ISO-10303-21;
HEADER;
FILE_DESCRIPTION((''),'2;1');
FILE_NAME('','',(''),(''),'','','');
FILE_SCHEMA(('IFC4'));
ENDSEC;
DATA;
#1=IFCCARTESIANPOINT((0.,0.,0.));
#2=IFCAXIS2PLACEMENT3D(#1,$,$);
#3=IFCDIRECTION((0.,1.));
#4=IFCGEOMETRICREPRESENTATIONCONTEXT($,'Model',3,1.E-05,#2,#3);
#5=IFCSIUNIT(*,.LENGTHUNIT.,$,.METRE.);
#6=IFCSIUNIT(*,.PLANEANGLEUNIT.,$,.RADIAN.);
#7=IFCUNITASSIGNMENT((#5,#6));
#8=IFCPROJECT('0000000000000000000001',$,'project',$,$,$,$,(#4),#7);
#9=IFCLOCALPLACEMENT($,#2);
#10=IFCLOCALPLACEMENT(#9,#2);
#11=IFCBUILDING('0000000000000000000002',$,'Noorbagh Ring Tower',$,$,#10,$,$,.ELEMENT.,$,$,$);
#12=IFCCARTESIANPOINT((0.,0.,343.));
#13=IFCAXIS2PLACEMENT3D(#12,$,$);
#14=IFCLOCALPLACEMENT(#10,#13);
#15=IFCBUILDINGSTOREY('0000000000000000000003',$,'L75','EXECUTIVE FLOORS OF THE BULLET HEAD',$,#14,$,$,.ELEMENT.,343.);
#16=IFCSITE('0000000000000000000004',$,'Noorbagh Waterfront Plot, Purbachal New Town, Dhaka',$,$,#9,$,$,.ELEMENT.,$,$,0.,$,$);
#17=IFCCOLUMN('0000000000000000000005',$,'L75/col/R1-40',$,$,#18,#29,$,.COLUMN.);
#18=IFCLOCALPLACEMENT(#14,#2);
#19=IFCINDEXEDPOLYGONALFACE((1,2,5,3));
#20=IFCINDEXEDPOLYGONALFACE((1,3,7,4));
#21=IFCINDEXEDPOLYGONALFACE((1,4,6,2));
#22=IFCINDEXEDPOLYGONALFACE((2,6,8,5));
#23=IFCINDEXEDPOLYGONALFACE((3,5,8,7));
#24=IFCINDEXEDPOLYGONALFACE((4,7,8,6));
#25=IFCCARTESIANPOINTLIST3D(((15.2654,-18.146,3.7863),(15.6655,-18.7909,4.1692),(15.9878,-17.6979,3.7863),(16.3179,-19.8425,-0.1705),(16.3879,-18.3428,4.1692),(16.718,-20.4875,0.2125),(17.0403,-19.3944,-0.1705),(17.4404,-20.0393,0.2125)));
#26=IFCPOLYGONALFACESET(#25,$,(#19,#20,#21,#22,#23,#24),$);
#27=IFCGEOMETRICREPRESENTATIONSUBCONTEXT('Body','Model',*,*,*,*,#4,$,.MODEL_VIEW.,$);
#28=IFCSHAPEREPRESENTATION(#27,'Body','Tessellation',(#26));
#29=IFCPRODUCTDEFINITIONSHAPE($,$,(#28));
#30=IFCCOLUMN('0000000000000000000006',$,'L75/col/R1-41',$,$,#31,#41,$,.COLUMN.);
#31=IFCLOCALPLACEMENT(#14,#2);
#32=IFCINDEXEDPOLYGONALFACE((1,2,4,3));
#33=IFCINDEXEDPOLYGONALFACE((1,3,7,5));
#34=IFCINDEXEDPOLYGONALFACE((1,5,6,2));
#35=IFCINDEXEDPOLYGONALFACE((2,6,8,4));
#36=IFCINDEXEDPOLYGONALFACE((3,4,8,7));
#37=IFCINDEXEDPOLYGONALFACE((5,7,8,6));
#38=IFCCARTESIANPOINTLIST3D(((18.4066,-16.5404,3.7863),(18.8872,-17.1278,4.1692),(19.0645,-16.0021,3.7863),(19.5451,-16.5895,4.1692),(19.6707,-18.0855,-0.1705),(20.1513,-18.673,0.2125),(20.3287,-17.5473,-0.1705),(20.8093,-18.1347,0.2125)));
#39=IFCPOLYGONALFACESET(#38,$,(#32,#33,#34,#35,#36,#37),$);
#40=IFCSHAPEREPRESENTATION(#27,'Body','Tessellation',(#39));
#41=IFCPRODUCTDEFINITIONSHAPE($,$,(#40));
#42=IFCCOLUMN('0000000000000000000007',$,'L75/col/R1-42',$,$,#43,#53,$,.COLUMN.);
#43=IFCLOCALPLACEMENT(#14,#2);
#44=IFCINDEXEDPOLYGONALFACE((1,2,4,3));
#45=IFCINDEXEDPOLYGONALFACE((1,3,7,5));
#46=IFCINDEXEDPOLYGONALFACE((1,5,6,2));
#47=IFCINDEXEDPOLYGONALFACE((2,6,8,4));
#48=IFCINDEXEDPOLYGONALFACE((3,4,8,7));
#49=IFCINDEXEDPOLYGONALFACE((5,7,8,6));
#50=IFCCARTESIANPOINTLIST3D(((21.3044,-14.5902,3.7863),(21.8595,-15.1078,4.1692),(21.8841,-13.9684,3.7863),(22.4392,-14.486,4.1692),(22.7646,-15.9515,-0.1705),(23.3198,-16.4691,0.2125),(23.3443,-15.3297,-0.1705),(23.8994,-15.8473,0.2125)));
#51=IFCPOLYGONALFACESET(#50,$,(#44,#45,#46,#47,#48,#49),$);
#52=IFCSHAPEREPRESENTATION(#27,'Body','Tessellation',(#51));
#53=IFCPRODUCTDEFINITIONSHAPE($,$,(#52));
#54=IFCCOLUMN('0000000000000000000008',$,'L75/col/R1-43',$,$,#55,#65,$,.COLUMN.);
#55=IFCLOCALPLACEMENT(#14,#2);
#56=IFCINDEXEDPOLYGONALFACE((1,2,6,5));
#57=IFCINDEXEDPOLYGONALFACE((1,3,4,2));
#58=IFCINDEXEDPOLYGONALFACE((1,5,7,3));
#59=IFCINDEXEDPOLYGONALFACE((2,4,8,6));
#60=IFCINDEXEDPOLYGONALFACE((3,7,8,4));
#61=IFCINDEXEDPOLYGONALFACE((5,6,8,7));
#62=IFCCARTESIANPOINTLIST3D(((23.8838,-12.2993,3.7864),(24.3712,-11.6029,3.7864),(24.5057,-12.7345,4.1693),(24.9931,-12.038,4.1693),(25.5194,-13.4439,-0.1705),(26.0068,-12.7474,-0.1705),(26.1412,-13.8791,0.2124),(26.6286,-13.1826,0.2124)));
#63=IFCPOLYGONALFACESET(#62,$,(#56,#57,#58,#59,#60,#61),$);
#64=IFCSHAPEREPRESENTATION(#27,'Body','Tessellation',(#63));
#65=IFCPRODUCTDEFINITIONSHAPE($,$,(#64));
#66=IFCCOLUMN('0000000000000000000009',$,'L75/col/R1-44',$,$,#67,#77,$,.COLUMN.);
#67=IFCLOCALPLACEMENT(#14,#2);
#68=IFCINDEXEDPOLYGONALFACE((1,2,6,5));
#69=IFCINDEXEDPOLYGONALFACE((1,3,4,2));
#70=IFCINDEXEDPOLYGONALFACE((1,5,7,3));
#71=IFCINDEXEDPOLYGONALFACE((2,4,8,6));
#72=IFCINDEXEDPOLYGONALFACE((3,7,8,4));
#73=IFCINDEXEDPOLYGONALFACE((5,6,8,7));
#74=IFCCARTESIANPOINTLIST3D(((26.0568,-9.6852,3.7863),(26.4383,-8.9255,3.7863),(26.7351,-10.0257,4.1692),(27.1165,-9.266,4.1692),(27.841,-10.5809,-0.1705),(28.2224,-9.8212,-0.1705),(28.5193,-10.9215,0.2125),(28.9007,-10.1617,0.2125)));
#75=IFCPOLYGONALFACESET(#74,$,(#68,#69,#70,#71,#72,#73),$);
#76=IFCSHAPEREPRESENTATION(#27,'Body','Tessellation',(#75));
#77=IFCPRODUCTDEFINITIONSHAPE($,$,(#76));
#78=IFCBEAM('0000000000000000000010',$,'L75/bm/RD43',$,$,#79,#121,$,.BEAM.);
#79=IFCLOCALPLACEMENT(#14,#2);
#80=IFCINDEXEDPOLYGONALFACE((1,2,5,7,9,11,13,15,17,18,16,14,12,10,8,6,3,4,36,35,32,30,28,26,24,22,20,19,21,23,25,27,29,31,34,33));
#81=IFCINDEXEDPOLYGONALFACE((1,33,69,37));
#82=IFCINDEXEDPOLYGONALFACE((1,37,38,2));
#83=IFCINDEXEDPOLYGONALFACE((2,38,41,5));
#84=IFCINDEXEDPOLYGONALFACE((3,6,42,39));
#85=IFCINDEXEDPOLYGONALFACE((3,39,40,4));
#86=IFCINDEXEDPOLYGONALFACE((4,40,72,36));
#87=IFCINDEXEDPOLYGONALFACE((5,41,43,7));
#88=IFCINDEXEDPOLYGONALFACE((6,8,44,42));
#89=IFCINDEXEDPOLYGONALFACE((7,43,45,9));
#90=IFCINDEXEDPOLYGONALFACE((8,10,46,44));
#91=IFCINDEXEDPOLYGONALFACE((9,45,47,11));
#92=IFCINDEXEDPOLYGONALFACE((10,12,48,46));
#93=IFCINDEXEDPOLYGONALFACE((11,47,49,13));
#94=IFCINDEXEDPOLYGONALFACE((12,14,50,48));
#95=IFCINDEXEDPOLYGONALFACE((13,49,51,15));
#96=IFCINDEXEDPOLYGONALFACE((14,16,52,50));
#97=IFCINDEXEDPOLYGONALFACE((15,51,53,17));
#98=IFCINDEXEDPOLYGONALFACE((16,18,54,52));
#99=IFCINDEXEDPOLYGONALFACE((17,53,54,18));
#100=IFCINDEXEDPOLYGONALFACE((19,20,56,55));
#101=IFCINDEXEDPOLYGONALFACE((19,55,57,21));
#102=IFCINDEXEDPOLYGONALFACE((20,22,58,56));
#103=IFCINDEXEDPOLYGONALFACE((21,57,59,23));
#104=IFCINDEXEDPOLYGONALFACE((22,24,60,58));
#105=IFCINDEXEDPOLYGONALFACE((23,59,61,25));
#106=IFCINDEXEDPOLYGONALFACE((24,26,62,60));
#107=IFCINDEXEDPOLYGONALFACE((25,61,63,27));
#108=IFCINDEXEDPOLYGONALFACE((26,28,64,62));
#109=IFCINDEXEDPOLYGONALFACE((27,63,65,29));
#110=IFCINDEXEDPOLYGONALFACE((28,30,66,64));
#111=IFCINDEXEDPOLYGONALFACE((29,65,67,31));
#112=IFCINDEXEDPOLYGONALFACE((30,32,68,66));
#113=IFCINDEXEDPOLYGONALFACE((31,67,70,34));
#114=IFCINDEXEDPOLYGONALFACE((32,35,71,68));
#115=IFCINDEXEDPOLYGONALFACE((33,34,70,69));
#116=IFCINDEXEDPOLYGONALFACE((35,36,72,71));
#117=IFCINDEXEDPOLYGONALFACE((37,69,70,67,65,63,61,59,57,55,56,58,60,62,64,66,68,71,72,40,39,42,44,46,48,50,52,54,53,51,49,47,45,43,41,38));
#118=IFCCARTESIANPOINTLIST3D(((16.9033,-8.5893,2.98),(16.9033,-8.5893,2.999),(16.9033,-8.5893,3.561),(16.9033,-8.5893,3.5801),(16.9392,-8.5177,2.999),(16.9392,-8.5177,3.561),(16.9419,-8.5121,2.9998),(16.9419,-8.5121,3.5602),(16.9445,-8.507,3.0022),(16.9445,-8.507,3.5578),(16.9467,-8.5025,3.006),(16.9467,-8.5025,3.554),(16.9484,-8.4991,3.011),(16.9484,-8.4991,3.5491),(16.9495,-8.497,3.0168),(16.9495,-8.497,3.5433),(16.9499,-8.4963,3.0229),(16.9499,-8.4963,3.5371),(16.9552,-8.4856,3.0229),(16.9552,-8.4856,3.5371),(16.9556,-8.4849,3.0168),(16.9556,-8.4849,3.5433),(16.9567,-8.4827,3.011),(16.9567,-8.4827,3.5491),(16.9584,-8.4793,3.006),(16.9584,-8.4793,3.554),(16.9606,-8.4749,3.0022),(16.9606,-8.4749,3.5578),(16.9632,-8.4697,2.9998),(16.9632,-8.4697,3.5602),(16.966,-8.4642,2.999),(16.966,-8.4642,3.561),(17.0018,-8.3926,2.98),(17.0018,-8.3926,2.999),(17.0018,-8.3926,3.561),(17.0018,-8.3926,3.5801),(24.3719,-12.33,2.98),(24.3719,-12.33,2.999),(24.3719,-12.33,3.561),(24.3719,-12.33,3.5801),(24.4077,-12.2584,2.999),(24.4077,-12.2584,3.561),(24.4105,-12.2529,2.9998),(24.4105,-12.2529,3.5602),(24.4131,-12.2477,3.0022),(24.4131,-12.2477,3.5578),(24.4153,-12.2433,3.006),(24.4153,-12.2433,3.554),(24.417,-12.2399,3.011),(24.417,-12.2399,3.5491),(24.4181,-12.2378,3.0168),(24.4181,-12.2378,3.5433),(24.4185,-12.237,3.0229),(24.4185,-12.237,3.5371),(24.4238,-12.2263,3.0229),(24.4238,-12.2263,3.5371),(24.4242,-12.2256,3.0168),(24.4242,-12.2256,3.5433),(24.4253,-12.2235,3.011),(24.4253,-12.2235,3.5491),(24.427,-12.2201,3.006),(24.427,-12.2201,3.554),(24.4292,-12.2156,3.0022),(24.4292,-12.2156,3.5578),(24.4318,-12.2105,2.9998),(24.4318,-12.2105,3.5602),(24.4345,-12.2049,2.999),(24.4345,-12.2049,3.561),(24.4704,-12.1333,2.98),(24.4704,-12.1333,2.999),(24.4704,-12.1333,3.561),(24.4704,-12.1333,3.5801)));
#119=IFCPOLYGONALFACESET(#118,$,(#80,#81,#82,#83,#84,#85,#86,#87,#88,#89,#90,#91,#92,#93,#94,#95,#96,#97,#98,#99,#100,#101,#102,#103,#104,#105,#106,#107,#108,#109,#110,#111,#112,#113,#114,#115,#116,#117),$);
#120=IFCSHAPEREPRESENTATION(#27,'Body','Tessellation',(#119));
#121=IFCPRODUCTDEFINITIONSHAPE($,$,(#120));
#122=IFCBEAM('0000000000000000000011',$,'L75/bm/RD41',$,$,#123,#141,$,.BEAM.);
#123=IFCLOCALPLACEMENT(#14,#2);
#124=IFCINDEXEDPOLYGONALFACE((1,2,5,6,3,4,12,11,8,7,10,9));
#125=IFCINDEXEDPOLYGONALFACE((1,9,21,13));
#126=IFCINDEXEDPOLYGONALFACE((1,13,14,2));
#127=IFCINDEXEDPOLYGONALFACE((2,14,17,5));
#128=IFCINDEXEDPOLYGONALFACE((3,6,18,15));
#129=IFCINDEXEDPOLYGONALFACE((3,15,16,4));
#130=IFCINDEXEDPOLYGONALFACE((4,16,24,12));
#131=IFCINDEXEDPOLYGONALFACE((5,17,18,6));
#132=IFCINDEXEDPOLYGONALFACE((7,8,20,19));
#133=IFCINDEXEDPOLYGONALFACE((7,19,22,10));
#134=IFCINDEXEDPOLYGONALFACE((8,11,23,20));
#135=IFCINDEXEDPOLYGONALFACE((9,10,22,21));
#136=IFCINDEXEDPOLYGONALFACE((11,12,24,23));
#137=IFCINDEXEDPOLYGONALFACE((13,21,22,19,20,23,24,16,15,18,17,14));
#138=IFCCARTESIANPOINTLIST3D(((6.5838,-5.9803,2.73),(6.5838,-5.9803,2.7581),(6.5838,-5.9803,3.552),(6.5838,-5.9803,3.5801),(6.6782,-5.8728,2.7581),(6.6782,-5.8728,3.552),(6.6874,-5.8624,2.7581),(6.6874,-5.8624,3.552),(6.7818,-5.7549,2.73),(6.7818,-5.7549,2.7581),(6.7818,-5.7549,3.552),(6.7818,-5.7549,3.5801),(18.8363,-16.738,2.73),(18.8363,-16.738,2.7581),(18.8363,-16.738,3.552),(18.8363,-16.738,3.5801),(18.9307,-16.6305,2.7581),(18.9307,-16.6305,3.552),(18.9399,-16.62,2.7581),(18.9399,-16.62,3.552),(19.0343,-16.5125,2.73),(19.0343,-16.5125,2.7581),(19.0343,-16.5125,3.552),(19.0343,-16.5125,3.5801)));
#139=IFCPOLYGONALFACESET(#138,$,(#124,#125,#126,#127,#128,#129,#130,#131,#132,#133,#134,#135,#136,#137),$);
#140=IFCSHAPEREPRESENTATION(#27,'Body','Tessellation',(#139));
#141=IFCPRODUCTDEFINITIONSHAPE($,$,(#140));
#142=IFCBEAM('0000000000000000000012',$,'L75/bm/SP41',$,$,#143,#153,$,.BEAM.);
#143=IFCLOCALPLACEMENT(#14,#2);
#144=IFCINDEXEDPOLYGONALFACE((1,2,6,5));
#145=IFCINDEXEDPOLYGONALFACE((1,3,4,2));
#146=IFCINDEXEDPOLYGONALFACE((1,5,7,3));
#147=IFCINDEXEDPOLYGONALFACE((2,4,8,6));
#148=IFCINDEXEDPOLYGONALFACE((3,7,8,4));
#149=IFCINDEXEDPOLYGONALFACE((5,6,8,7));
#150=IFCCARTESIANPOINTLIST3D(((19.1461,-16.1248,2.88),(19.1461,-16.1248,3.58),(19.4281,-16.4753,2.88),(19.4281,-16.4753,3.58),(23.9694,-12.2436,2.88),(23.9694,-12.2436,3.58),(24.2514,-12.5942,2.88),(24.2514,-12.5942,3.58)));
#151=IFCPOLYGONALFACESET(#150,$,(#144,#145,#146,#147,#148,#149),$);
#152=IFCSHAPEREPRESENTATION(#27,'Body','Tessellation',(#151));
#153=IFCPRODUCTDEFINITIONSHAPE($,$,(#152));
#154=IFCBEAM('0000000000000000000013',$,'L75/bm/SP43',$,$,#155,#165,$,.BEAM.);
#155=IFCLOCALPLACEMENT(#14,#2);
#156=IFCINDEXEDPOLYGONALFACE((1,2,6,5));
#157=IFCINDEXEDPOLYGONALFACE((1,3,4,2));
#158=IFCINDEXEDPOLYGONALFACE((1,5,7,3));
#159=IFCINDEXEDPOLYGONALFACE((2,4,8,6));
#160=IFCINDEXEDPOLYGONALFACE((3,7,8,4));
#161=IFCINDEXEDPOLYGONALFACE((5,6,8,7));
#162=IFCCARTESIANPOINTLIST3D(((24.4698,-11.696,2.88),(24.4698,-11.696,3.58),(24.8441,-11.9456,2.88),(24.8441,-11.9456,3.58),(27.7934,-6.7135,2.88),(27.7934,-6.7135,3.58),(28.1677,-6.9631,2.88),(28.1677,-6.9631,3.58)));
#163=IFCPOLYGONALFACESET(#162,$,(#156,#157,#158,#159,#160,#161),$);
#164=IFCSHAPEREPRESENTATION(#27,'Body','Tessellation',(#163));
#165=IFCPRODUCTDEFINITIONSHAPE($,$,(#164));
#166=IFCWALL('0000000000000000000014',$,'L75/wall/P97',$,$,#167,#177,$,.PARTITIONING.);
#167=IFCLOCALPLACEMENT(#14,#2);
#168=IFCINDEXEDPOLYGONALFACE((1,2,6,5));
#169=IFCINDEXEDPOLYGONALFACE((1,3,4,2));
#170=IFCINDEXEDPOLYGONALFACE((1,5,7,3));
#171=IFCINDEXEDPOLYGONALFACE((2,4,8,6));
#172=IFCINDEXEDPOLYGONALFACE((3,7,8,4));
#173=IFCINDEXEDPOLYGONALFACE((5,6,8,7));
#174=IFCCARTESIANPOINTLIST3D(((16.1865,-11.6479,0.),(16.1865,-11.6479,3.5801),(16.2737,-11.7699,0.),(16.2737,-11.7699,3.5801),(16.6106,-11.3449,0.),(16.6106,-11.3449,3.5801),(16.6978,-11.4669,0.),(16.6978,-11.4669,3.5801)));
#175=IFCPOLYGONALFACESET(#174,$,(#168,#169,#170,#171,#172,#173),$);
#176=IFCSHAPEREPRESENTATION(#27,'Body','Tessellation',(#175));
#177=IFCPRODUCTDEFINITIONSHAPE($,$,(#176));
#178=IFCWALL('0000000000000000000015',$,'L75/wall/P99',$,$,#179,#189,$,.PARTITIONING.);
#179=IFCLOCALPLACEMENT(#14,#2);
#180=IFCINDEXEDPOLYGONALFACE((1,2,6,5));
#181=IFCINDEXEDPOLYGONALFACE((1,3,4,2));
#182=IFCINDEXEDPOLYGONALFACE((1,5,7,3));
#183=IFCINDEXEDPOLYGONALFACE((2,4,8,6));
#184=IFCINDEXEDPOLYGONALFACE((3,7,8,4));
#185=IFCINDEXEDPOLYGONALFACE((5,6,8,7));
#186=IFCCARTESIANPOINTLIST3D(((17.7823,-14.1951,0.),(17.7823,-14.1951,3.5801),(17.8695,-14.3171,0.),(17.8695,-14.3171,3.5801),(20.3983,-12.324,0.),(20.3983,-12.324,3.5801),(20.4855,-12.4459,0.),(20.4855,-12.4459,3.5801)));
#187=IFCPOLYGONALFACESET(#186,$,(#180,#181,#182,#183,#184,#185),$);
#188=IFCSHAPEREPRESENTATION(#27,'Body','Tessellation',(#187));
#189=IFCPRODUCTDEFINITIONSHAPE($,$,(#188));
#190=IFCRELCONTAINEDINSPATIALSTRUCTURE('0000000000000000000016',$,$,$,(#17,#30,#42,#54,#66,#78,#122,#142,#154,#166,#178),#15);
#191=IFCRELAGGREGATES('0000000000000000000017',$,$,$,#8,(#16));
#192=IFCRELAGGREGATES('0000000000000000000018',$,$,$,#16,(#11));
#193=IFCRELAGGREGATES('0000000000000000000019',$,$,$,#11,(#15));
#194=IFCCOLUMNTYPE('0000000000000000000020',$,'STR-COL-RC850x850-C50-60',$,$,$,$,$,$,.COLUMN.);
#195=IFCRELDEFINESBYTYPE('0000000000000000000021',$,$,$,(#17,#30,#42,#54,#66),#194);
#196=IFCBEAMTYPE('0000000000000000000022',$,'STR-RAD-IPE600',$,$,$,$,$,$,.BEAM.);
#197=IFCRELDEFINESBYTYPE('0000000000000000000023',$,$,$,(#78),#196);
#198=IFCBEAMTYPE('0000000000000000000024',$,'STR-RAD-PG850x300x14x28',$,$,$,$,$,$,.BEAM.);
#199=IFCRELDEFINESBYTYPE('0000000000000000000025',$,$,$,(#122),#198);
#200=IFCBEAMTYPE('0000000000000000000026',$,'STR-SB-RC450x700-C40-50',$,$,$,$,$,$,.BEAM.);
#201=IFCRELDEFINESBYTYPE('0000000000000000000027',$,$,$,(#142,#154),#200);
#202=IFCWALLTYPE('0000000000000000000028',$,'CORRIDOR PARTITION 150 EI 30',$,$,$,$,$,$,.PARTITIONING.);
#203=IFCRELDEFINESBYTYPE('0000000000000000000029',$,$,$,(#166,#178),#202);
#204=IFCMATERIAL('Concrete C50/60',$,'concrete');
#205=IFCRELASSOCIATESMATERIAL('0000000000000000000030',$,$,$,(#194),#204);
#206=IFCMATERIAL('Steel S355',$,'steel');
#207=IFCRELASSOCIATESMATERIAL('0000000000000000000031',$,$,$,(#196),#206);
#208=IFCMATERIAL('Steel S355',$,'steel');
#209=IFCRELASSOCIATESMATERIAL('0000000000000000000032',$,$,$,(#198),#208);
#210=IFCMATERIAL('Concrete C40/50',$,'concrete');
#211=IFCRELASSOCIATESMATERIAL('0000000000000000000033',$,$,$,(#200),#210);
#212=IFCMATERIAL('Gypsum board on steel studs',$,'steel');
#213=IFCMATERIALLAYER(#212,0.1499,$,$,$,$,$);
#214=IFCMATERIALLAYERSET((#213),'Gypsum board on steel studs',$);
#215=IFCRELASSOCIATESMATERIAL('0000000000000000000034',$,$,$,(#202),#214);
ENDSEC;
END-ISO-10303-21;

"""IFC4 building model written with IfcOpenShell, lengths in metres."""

from ifc_helpers import new_model, si_unit, direction, frame, frame_2d, origin, origin_2d, place, context, subcontext, project, spatial, rectangle, i_section, extrude, material, layer, layer_set, material_profile, profile_set, type_object, element, save


model = new_model("IFC4")

# Units and contexts
model_context = context("Model", 3, precision=1e-05, world=origin(), true_north=direction((0.0, 1.0)))
body_context = subcontext(model_context, "Body", "Model", "MODEL_VIEW")
ifc_project = project(units=[si_unit("LENGTHUNIT", "METRE"), si_unit("PLANEANGLEUNIT", "RADIAN")], contexts=[model_context])

# Site, building, storey
site_placement = place(None, origin())
site = spatial("IfcSite", under=ifc_project, at=site_placement, Name="Noorbagh Waterfront Plot, Purbachal New Town, Dhaka", CompositionType="ELEMENT", RefElevation=0.0)
building_placement = place(site_placement, origin())
building = spatial("IfcBuilding", under=site, at=building_placement, Name="Noorbagh Ring Tower", CompositionType="ELEMENT")
storey_placement = place(building_placement, frame((0.0, 0.0, 343.0)))
storey = spatial("IfcBuildingStorey", under=building, at=storey_placement, Name="L75", Description="EXECUTIVE FLOORS OF THE BULLET HEAD", CompositionType="ELEMENT", Elevation=343.0)

# Columns
ifc_material_1 = material(Name="Concrete C50/60", Category="concrete")
ifc_material_profile_1 = material_profile(ifc_material_1, rectangle(XDim=0.8501, YDim=0.8501, at=origin_2d()), Name="RC850x850")
ifc_profile_set_1 = profile_set([ifc_material_profile_1], Name="Concrete C50/60")
column_type = type_object("IfcColumnType", Name="STR-COL-RC850x850-C50-60", PredefinedType="COLUMN", material=ifc_profile_set_1)
for number, where, z_axis, x_axis, name in (
    (1, (16.8792, -19.9409, 0.021), (-0.237478, 0.382797, 0.892788), (-0.849759, -0.527171, 0.0), "L75/col/R1-40"),
    (2, (20.24, -18.1101, 0.021), (-0.285241, 0.348646, 0.892796), (-0.773974, -0.633218, 0.0), "L75/col/R1-41"),
    (3, (23.332, -15.8994, 0.021), (-0.329477, 0.307167, 0.892801), (-0.681909, -0.731437, 0.0), "L75/col/R1-42"),
    (4, (26.074, -13.3132, 0.021), (-0.369036, 0.258253, 0.892814), (-0.573356, -0.819307, 0.0), "L75/col/R1-43"),
    (5, (28.3708, -10.3713, 0.021), (-0.402576, 0.202114, 0.892795), (-0.44868, -0.893692, 0.0), "L75/col/R1-44"),
):
    element("IfcColumn", number, at=place(storey_placement, frame(where, z_axis=z_axis, x_axis=x_axis)), inside=storey, type_object=column_type, Name=name, PredefinedType="COLUMN", context=body_context, shape_type="SweptSolid", body=[
        extrude(rectangle(XDim=0.8501, YDim=0.8501, at=origin_2d()), origin(), (0.0, 0.0, 1.0), 4.4319),
    ])

# Beams
ifc_material_2 = material(Name="Steel S355", Category="steel")
ifc_material_profile_2 = material_profile(ifc_material_2, i_section(OverallWidth=0.22, OverallDepth=0.6001, WebThickness=0.012, FlangeThickness=0.019, FilletRadius=0.0239, at=origin_2d()), Name="IPE600")
ifc_profile_set_2 = profile_set([ifc_material_profile_2], Name="Steel S355")
beam_type_1 = type_object("IfcBeamType", Name="STR-RAD-IPE600", PredefinedType="BEAM", material=ifc_profile_set_2)
beam_1_placement = place(storey_placement, frame((24.4211, -12.2317, 3.28), z_axis=(-0.894117, 0.447833, 0.0), x_axis=(-0.447833, -0.894117, 0.0)))
element("IfcBeam", 6, at=beam_1_placement, inside=storey, type_object=beam_type_1, Name="L75/bm/RD43", PredefinedType="BEAM", context=body_context, shape_type="SweptSolid", body=[
    extrude(i_section(OverallWidth=0.22, OverallDepth=0.6001, WebThickness=0.012, FlangeThickness=0.019, FilletRadius=0.0239, at=origin_2d()), origin(), (0.0, 0.0, 1.0), 8.353),
])
ifc_material_3 = material(Name="Steel S355", Category="steel")
ifc_material_profile_3 = material_profile(ifc_material_3, i_section(OverallWidth=0.3, OverallDepth=0.8501, WebThickness=0.0139, FlangeThickness=0.0281, at=origin_2d()), Name="PG850x300x14x28")
ifc_profile_set_3 = profile_set([ifc_material_profile_3], Name="Steel S355")
beam_type_2 = type_object("IfcBeamType", Name="STR-RAD-PG850x300x14x28", PredefinedType="BEAM", material=ifc_profile_set_3)
beam_2_placement = place(storey_placement, frame((18.9353, -16.6252, 3.155), z_axis=(-0.751461, 0.659778, 0.0), x_axis=(-0.659778, -0.751461, 0.0)))
element("IfcBeam", 7, at=beam_2_placement, inside=storey, type_object=beam_type_2, Name="L75/bm/RD41", PredefinedType="BEAM", context=body_context, shape_type="SweptSolid", body=[
    extrude(i_section(OverallWidth=0.3, OverallDepth=0.8501, WebThickness=0.0139, FlangeThickness=0.0281, at=origin_2d()), origin(), (0.0, 0.0, 1.0), 16.3049),
])
ifc_material_4 = material(Name="Concrete C40/50", Category="concrete")
ifc_material_profile_4 = material_profile(ifc_material_4, rectangle(XDim=0.45, YDim=0.7, at=origin_2d()), Name="RC450x700")
ifc_profile_set_4 = profile_set([ifc_material_profile_4], Name="Concrete C40/50")
beam_type_3 = type_object("IfcBeamType", Name="STR-SB-RC450x700-C40-50", PredefinedType="BEAM", material=ifc_profile_set_4)
beam_3_placement = place(storey_placement, frame((19.2871, -16.3, 3.23), z_axis=(0.779092, 0.62691, 0.0), x_axis=(-0.62691, 0.779092, 0.0)))
element("IfcBeam", 8, at=beam_3_placement, inside=storey, type_object=beam_type_3, Name="L75/bm/SP41", PredefinedType="BEAM", context=body_context, shape_type="SweptSolid", body=[
    extrude(rectangle(XDim=0.45, YDim=0.7, at=origin_2d()), origin(), (0.0, 0.0, 1.0), 6.1909),
])
beam_4_placement = place(storey_placement, frame((24.657, -11.8208, 3.23), z_axis=(0.554917, 0.831906, 0.0), x_axis=(-0.831906, 0.554917, 0.0)))
element("IfcBeam", 9, at=beam_4_placement, inside=storey, type_object=beam_type_3, Name="L75/bm/SP43", PredefinedType="BEAM", context=body_context, shape_type="SweptSolid", body=[
    extrude(rectangle(XDim=0.45, YDim=0.7, at=origin_2d()), origin(), (0.0, 0.0, 1.0), 5.9893),
])

# Walls
ifc_material_5 = material(Name="Gypsum board on steel studs", Category="steel")
ifc_layer_1 = layer(ifc_material_5, 0.1499)
ifc_layer_set_1 = layer_set([ifc_layer_1], Name="Gypsum board on steel studs")
wall_type_1 = type_object("IfcWallType", Name="CORRIDOR PARTITION 150 EI 30", PredefinedType="PARTITIONING", material=ifc_layer_set_1)
wall_1_placement = place(storey_placement, frame((16.23, -11.709, 0.0), z_axis=(0.0, 0.0, 1.0), x_axis=(0.81367, 0.581327, 0.0)))
element("IfcWall", 10, at=wall_1_placement, inside=storey, type_object=wall_type_1, Name="L75/wall/P97", PredefinedType="PARTITIONING", context=body_context, shape_type="SweptSolid", body=[
    extrude(rectangle(XDim=0.5212, YDim=0.1499, at=frame_2d((0.2607, 0.0))), origin(), (0.0, 0.0, 1.0), 3.5801),
])
wall_2_placement = place(storey_placement, frame((17.8259, -14.2561, 0.0), z_axis=(0.0, 0.0, 1.0), x_axis=(0.813359, 0.581762, 0.0)))
element("IfcWall", 11, at=wall_2_placement, inside=storey, type_object=wall_type_1, Name="L75/wall/P99", PredefinedType="PARTITIONING", context=body_context, shape_type="SweptSolid", body=[
    extrude(rectangle(XDim=3.2163, YDim=0.1499, at=frame_2d((1.6082, 0.0))), origin(), (0.0, 0.0, 1.0), 3.5801),
])

save(model, "model.ifc")
